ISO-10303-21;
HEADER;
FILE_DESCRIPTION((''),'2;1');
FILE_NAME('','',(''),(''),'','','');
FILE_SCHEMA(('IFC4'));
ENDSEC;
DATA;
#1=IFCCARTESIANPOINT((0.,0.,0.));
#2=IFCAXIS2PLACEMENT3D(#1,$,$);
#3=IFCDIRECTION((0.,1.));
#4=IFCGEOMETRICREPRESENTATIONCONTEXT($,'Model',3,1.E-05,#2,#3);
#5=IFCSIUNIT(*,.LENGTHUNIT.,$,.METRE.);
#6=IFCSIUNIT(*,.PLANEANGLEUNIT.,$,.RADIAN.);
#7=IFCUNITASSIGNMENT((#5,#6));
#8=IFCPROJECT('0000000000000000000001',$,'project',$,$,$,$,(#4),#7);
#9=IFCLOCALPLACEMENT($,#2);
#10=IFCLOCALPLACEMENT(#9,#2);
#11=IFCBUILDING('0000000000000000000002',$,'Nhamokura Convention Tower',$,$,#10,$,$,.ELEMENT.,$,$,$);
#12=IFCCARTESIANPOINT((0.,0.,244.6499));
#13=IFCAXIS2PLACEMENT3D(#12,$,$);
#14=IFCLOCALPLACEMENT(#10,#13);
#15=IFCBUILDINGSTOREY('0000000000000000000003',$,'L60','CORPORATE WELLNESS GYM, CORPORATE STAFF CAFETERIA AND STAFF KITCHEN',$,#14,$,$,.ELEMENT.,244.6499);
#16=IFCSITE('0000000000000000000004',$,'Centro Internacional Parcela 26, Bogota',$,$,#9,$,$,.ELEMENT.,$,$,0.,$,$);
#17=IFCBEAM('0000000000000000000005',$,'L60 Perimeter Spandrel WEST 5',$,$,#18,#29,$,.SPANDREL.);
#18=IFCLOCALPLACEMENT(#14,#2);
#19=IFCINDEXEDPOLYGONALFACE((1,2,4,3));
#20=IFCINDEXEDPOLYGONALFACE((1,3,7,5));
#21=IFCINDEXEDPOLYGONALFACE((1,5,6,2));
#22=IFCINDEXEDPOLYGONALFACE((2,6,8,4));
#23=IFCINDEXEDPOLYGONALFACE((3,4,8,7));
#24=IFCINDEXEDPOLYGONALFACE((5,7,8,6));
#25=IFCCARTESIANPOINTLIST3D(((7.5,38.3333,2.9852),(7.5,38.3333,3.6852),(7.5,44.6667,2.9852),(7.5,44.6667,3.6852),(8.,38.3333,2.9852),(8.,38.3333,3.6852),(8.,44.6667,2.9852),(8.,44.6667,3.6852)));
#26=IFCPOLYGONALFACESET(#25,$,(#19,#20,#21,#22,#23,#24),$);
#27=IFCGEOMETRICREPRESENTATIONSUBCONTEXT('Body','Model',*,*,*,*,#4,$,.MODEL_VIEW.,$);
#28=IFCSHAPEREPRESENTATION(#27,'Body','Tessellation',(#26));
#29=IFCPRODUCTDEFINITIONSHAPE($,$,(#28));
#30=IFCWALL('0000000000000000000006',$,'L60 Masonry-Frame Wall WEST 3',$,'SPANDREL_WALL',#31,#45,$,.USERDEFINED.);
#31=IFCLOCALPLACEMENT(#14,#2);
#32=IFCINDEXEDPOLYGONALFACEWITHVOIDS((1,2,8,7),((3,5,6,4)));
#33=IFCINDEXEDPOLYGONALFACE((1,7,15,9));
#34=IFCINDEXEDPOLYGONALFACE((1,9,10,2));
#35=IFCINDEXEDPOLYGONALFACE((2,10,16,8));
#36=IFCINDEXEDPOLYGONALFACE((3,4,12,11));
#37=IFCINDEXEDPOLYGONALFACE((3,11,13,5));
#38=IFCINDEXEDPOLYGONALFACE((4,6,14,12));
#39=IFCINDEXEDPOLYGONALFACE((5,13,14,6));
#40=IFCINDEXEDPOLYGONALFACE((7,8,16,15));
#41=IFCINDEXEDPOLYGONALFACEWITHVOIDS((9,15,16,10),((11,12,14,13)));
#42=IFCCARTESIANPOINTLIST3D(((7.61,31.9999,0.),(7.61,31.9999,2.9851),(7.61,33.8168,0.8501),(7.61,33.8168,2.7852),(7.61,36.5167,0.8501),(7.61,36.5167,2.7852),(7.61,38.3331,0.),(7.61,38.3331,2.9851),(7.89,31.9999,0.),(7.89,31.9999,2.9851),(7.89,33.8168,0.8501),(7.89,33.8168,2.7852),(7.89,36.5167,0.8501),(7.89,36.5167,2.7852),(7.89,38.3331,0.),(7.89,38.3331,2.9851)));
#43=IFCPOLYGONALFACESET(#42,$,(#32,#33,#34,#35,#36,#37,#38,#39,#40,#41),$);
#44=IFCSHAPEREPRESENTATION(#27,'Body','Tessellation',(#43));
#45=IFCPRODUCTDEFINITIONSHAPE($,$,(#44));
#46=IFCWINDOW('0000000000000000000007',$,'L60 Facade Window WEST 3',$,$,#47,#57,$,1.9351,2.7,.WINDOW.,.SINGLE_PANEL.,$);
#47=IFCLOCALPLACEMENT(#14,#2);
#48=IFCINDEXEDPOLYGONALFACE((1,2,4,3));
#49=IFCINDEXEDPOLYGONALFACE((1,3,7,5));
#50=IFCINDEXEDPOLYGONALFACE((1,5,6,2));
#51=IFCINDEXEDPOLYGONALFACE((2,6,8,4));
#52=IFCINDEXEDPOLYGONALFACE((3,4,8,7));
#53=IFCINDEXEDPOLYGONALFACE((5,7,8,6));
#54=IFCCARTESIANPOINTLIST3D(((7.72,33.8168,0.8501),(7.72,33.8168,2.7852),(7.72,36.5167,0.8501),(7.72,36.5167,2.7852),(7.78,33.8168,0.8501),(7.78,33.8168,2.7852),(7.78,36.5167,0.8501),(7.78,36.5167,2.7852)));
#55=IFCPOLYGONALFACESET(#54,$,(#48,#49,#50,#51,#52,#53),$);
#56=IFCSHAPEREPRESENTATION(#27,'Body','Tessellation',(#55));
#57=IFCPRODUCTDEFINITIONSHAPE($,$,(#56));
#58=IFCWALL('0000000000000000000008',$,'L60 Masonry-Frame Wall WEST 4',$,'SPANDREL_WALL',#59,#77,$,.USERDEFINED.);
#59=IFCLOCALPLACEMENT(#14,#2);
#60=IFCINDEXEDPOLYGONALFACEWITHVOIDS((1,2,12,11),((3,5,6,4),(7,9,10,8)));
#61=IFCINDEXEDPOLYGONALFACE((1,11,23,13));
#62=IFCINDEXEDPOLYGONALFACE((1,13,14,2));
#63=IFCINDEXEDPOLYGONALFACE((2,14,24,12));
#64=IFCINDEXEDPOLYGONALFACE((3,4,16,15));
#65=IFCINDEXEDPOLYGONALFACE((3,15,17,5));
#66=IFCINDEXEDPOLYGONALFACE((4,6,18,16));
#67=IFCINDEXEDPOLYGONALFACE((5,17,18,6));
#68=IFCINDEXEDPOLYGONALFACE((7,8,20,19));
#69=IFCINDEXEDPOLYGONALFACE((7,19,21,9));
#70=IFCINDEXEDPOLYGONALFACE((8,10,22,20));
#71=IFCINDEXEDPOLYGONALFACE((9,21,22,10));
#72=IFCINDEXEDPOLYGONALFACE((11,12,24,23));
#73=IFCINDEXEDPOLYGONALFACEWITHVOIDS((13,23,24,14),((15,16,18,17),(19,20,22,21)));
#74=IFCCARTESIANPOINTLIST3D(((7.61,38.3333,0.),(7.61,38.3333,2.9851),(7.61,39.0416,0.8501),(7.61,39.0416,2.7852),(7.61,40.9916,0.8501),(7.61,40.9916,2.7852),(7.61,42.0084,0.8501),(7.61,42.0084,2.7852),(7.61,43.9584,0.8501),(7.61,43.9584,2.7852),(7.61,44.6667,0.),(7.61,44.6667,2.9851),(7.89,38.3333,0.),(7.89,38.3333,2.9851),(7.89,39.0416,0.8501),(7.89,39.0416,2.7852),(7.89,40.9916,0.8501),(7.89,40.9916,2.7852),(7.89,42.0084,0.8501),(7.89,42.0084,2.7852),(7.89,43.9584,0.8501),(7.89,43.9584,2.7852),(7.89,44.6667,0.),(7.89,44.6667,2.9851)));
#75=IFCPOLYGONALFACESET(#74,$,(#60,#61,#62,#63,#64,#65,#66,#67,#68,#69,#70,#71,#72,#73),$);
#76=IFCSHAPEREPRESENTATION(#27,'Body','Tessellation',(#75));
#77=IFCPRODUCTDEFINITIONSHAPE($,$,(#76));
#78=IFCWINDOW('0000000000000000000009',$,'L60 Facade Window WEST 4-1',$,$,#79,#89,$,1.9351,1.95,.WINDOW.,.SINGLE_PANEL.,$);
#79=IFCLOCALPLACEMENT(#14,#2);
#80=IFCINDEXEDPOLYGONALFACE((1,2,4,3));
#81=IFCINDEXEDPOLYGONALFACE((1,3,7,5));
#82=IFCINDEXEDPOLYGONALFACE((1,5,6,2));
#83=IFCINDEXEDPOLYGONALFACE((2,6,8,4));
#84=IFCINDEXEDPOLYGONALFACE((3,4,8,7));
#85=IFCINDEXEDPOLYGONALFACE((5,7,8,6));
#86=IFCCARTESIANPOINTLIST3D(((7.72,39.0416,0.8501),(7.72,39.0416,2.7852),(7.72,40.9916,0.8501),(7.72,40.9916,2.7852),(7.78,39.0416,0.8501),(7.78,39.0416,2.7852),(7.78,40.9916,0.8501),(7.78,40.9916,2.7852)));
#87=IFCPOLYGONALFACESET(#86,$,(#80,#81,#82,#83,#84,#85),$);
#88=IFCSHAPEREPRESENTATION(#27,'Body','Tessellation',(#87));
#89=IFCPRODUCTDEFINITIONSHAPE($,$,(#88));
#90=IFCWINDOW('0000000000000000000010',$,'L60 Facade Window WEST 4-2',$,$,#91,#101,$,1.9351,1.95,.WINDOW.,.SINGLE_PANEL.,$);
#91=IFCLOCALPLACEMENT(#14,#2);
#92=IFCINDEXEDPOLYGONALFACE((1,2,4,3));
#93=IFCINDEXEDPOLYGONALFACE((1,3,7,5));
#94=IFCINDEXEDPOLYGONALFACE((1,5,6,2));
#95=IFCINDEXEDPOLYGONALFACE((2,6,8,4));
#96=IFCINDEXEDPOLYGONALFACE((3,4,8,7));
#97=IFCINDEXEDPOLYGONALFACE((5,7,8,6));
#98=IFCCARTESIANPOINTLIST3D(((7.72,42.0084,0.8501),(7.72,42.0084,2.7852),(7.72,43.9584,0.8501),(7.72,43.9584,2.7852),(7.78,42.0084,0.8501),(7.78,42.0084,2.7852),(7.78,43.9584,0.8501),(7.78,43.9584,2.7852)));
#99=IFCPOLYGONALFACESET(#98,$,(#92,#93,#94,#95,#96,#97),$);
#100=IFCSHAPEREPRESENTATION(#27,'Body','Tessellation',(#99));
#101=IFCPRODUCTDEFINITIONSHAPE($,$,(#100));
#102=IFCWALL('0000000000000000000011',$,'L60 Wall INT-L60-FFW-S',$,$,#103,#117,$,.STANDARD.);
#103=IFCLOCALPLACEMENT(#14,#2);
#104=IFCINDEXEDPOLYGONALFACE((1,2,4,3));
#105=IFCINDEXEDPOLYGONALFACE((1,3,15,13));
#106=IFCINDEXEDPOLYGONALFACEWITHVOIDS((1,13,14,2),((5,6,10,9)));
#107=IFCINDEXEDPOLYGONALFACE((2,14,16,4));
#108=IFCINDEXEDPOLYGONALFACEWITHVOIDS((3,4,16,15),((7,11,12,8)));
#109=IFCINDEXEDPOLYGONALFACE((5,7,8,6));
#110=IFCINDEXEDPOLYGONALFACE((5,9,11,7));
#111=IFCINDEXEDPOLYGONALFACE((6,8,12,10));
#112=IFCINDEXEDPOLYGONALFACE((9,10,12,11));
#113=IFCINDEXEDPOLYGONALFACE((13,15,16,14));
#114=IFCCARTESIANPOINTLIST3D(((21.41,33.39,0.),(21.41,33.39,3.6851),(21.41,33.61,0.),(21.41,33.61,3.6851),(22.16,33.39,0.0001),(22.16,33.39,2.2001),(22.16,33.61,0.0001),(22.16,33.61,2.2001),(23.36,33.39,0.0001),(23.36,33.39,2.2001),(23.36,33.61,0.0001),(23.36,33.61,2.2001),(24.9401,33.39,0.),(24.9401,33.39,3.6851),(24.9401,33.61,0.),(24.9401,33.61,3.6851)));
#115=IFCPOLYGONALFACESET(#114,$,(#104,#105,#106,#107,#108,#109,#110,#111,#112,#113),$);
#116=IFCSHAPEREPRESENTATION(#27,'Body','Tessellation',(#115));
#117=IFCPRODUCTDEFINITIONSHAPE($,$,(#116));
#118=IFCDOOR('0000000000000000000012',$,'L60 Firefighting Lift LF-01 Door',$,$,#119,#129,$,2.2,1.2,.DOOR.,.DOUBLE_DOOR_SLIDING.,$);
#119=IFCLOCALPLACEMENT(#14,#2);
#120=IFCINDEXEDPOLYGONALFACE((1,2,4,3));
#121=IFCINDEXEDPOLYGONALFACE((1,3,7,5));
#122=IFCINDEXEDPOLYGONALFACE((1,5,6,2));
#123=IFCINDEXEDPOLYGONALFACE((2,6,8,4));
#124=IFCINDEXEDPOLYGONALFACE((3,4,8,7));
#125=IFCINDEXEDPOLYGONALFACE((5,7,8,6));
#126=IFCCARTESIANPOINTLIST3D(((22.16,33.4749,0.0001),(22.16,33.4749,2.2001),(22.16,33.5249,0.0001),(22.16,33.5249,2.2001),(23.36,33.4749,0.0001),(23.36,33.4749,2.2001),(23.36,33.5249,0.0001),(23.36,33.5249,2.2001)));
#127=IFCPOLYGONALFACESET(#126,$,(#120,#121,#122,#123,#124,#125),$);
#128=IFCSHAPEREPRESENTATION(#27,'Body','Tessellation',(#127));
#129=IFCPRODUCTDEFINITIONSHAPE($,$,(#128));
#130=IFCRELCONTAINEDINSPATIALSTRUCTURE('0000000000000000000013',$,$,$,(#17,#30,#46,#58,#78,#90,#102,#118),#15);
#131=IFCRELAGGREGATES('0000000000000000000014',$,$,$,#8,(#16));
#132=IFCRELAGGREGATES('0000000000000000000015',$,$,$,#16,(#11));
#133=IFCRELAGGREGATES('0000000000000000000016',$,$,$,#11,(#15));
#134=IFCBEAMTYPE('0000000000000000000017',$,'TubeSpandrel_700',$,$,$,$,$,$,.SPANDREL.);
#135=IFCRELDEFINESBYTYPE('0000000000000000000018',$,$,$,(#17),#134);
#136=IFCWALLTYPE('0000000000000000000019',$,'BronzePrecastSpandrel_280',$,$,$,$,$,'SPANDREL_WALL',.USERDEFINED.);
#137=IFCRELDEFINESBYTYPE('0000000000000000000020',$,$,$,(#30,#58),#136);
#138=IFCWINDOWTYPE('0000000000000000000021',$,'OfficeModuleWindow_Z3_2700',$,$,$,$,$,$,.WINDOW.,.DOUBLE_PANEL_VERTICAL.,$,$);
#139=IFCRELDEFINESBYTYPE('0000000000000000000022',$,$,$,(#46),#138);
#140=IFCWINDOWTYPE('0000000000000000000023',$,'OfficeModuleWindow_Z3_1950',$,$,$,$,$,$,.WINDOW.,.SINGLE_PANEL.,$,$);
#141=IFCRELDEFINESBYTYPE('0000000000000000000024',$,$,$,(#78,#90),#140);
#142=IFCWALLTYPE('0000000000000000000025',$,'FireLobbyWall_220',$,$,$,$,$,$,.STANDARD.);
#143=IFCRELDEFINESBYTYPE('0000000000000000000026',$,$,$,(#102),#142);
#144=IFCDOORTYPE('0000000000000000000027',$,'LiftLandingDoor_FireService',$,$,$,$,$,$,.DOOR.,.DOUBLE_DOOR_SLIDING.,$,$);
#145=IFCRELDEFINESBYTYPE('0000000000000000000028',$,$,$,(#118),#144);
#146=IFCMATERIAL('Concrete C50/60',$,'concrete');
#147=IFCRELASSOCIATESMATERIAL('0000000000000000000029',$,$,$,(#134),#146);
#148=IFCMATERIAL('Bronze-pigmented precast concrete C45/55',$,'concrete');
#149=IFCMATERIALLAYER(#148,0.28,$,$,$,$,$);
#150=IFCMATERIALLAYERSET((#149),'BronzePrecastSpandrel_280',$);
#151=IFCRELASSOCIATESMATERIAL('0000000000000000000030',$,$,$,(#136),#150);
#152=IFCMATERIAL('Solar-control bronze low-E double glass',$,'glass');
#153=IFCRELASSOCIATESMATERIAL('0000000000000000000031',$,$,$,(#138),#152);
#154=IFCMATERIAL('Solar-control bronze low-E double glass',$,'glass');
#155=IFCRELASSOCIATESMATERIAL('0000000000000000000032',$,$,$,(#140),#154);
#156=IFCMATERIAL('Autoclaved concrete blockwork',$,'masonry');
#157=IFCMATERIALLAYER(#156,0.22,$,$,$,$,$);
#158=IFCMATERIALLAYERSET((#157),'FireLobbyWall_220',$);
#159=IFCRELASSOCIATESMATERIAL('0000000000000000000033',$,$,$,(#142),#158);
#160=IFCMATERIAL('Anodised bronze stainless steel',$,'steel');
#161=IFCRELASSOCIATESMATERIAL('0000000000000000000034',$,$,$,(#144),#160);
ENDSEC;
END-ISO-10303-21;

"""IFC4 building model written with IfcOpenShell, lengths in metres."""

from ifc_helpers import new_model, si_unit, direction, frame, frame_2d, origin, origin_2d, place, context, subcontext, project, spatial, rectangle, extrude, material, layer, layer_set, material_profile, profile_set, type_object, element, fill, save


model = new_model("IFC4")

# Units and contexts
model_context = context("Model", 3, precision=1e-05, world=origin(), true_north=direction((0.0, 1.0)))
body_context = subcontext(model_context, "Body", "Model", "MODEL_VIEW")
ifc_project = project(units=[si_unit("LENGTHUNIT", "METRE"), si_unit("PLANEANGLEUNIT", "RADIAN")], contexts=[model_context])

# Site, building, storey
site_placement = place(None, origin())
site = spatial("IfcSite", under=ifc_project, at=site_placement, Name="Centro Internacional Parcela 26, Bogota", CompositionType="ELEMENT", RefElevation=0.0)
building_placement = place(site_placement, origin())
building = spatial("IfcBuilding", under=site, at=building_placement, Name="Nhamokura Convention Tower", CompositionType="ELEMENT")
storey_placement = place(building_placement, frame((0.0, 0.0, 244.6499)))
storey = spatial("IfcBuildingStorey", under=building, at=storey_placement, Name="L60", Description="CORPORATE WELLNESS GYM, CORPORATE STAFF CAFETERIA AND STAFF KITCHEN", CompositionType="ELEMENT", Elevation=244.6499)

# Beam
ifc_material_1 = material(Name="Concrete C50/60", Category="concrete")
ifc_material_profile_1 = material_profile(ifc_material_1, rectangle(XDim=0.5, YDim=0.7, at=origin_2d()))
ifc_profile_set_1 = profile_set([ifc_material_profile_1], Name="Concrete C50/60")
beam_type_1 = type_object("IfcBeamType", Name="TubeSpandrel_700", PredefinedType="SPANDREL", material=ifc_profile_set_1)
beam_1_placement = place(storey_placement, frame((7.75, 38.3333, 3.3352), z_axis=(0.0, 1.0, 0.0), x_axis=(-1.0, 0.0, 0.0)))
element("IfcBeam", 1, at=beam_1_placement, inside=storey, type_object=beam_type_1, Name="L60 Perimeter Spandrel WEST 5", PredefinedType="SPANDREL", context=body_context, shape_type="SweptSolid", body=[
    extrude(rectangle(XDim=0.5, YDim=0.7, at=origin_2d()), origin(), (0.0, 0.0, 1.0), 6.3335),
])

# Wall, opening, window
ifc_material_2 = material(Name="Bronze-pigmented precast concrete C45/55", Category="concrete")
ifc_layer_1 = layer(ifc_material_2, 0.28)
ifc_layer_set_1 = layer_set([ifc_layer_1], Name="BronzePrecastSpandrel_280")
wall_type_1 = type_object("IfcWallType", Name="BronzePrecastSpandrel_280", ElementType="SPANDREL_WALL", PredefinedType="USERDEFINED", material=ifc_layer_set_1)
wall_1_placement = place(storey_placement, frame((7.75, 32.0, 0.0), z_axis=(0.0, 0.0, 1.0), x_axis=(0.0, 1.0, 0.0)))
wall_1 = element("IfcWall", 2, at=wall_1_placement, inside=storey, type_object=wall_type_1, Name="L60 Masonry-Frame Wall WEST 3", ObjectType="SPANDREL_WALL", PredefinedType="USERDEFINED", context=body_context, shape_type="SweptSolid", body=[
    extrude(rectangle(XDim=6.3333, YDim=0.28, at=frame_2d((3.1665, 0.0))), origin(), (0.0, 0.0, 1.0), 2.9851),
])
opening_1_placement = place(wall_1_placement, frame((1.8167, 0.0, 0.8501)))
opening_1 = element("IfcOpeningElement", 3, at=opening_1_placement, cuts=wall_1, PredefinedType="OPENING", context=body_context, shape_type="SweptSolid", body=[
    extrude(rectangle(XDim=2.7, YDim=1.9351, at=frame_2d((1.3501, 0.9675))), frame((0.0, 0.1499, 0.0), z_axis=(0.0, -1.0, 0.0), x_axis=(1.0, 0.0, 0.0)), (0.0, 0.0, 1.0), 0.3),
])
ifc_material_3 = material(Name="Solar-control bronze low-E double glass", Category="glass")
window_type_1 = type_object("IfcWindowType", Name="OfficeModuleWindow_Z3_2700", PartitioningType="DOUBLE_PANEL_VERTICAL", PredefinedType="WINDOW", material=ifc_material_3)
window_1_placement = place(opening_1_placement, origin())
window_1 = element("IfcWindow", 4, at=window_1_placement, inside=storey, type_object=window_type_1, Name="L60 Facade Window WEST 3", OverallHeight=1.9351, OverallWidth=2.7, PartitioningType="SINGLE_PANEL", PredefinedType="WINDOW", context=body_context, shape_type="SweptSolid", body=[
    extrude(rectangle(XDim=2.7, YDim=1.9351, at=frame_2d((1.3501, 0.9675))), frame((0.0, 0.03, 0.0), z_axis=(0.0, -1.0, 0.0), x_axis=(1.0, 0.0, 0.0)), (0.0, 0.0, 1.0), 0.0601),
])
fill(opening_1, window_1)

# Wall, openings, windows
wall_2_placement = place(storey_placement, frame((7.75, 38.3333, 0.0), z_axis=(0.0, 0.0, 1.0), x_axis=(0.0, 1.0, 0.0)))
wall_2 = element("IfcWall", 5, at=wall_2_placement, inside=storey, type_object=wall_type_1, Name="L60 Masonry-Frame Wall WEST 4", ObjectType="SPANDREL_WALL", PredefinedType="USERDEFINED", context=body_context, shape_type="SweptSolid", body=[
    extrude(rectangle(XDim=6.3335, YDim=0.28, at=frame_2d((3.1667, 0.0))), origin(), (0.0, 0.0, 1.0), 2.9851),
])
opening_2_placement = place(wall_2_placement, frame((0.7083, 0.0, 0.8501)))
opening_2 = element("IfcOpeningElement", 6, at=opening_2_placement, cuts=wall_2, PredefinedType="OPENING", context=body_context, shape_type="SweptSolid", body=[
    extrude(rectangle(XDim=1.95, YDim=1.9351, at=frame_2d((0.9751, 0.9675))), frame((0.0, 0.1499, 0.0), z_axis=(0.0, -1.0, 0.0), x_axis=(1.0, 0.0, 0.0)), (0.0, 0.0, 1.0), 0.3),
])
opening_3_placement = place(wall_2_placement, frame((3.675, 0.0, 0.8501)))
opening_3 = element("IfcOpeningElement", 7, at=opening_3_placement, cuts=wall_2, PredefinedType="OPENING", context=body_context, shape_type="SweptSolid", body=[
    extrude(rectangle(XDim=1.95, YDim=1.9351, at=frame_2d((0.9751, 0.9675))), frame((0.0, 0.1499, 0.0), z_axis=(0.0, -1.0, 0.0), x_axis=(1.0, 0.0, 0.0)), (0.0, 0.0, 1.0), 0.3),
])
ifc_material_4 = material(Name="Solar-control bronze low-E double glass", Category="glass")
window_type_2 = type_object("IfcWindowType", Name="OfficeModuleWindow_Z3_1950", PartitioningType="SINGLE_PANEL", PredefinedType="WINDOW", material=ifc_material_4)
window_2_placement = place(opening_2_placement, origin())
window_2 = element("IfcWindow", 8, at=window_2_placement, inside=storey, type_object=window_type_2, Name="L60 Facade Window WEST 4-1", OverallHeight=1.9351, OverallWidth=1.95, PartitioningType="SINGLE_PANEL", PredefinedType="WINDOW", context=body_context, shape_type="SweptSolid", body=[
    extrude(rectangle(XDim=1.95, YDim=1.9351, at=frame_2d((0.9751, 0.9675))), frame((0.0, 0.03, 0.0), z_axis=(0.0, -1.0, 0.0), x_axis=(1.0, 0.0, 0.0)), (0.0, 0.0, 1.0), 0.0601),
])
fill(opening_2, window_2)
window_3_placement = place(opening_3_placement, origin())
window_3 = element("IfcWindow", 9, at=window_3_placement, inside=storey, type_object=window_type_2, Name="L60 Facade Window WEST 4-2", OverallHeight=1.9351, OverallWidth=1.95, PartitioningType="SINGLE_PANEL", PredefinedType="WINDOW", context=body_context, shape_type="SweptSolid", body=[
    extrude(rectangle(XDim=1.95, YDim=1.9351, at=frame_2d((0.9751, 0.9675))), frame((0.0, 0.03, 0.0), z_axis=(0.0, -1.0, 0.0), x_axis=(1.0, 0.0, 0.0)), (0.0, 0.0, 1.0), 0.0601),
])
fill(opening_3, window_3)

# Wall, opening, door
ifc_material_5 = material(Name="Autoclaved concrete blockwork", Category="masonry")
ifc_layer_2 = layer(ifc_material_5, 0.22)
ifc_layer_set_2 = layer_set([ifc_layer_2], Name="FireLobbyWall_220")
wall_type_2 = type_object("IfcWallType", Name="FireLobbyWall_220", PredefinedType="STANDARD", material=ifc_layer_set_2)
wall_3_placement = place(storey_placement, frame((21.4099, 33.5, 0.0), z_axis=(0.0, 0.0, 1.0), x_axis=(1.0, 0.0, 0.0)))
wall_3 = element("IfcWall", 10, at=wall_3_placement, inside=storey, type_object=wall_type_2, Name="L60 Wall INT-L60-FFW-S", PredefinedType="STANDARD", context=body_context, shape_type="SweptSolid", body=[
    extrude(rectangle(XDim=3.53, YDim=0.22, at=frame_2d((1.7651, 0.0))), origin(), (0.0, 0.0, 1.0), 3.6851),
])
opening_4_placement = place(wall_3_placement, frame((0.75, 0.0, 0.0)))
opening_4 = element("IfcOpeningElement", 11, at=opening_4_placement, cuts=wall_3, PredefinedType="OPENING", context=body_context, shape_type="SweptSolid", body=[
    extrude(rectangle(XDim=1.2, YDim=2.2, at=frame_2d((0.6001, 1.1001))), frame((0.0, 0.1199, 0.0), z_axis=(0.0, -1.0, 0.0), x_axis=(1.0, 0.0, 0.0)), (0.0, 0.0, 1.0), 0.24),
])
ifc_material_6 = material(Name="Anodised bronze stainless steel", Category="steel")
door_type = type_object("IfcDoorType", Name="LiftLandingDoor_FireService", OperationType="DOUBLE_DOOR_SLIDING", PredefinedType="DOOR", material=ifc_material_6)
door_placement = place(opening_4_placement, origin())
door = element("IfcDoor", 12, at=door_placement, inside=storey, type_object=door_type, Name="L60 Firefighting Lift LF-01 Door", OperationType="DOUBLE_DOOR_SLIDING", OverallHeight=2.2, OverallWidth=1.2, PredefinedType="DOOR", context=body_context, shape_type="SweptSolid", body=[
    extrude(rectangle(XDim=1.2, YDim=2.2, at=frame_2d((0.6001, 1.1001))), frame((0.0, 0.0249, 0.0), z_axis=(0.0, -1.0, 0.0), x_axis=(1.0, 0.0, 0.0)), (0.0, 0.0, 1.0), 0.05),
])
fill(opening_4, door)

save(model, "model.ifc")
